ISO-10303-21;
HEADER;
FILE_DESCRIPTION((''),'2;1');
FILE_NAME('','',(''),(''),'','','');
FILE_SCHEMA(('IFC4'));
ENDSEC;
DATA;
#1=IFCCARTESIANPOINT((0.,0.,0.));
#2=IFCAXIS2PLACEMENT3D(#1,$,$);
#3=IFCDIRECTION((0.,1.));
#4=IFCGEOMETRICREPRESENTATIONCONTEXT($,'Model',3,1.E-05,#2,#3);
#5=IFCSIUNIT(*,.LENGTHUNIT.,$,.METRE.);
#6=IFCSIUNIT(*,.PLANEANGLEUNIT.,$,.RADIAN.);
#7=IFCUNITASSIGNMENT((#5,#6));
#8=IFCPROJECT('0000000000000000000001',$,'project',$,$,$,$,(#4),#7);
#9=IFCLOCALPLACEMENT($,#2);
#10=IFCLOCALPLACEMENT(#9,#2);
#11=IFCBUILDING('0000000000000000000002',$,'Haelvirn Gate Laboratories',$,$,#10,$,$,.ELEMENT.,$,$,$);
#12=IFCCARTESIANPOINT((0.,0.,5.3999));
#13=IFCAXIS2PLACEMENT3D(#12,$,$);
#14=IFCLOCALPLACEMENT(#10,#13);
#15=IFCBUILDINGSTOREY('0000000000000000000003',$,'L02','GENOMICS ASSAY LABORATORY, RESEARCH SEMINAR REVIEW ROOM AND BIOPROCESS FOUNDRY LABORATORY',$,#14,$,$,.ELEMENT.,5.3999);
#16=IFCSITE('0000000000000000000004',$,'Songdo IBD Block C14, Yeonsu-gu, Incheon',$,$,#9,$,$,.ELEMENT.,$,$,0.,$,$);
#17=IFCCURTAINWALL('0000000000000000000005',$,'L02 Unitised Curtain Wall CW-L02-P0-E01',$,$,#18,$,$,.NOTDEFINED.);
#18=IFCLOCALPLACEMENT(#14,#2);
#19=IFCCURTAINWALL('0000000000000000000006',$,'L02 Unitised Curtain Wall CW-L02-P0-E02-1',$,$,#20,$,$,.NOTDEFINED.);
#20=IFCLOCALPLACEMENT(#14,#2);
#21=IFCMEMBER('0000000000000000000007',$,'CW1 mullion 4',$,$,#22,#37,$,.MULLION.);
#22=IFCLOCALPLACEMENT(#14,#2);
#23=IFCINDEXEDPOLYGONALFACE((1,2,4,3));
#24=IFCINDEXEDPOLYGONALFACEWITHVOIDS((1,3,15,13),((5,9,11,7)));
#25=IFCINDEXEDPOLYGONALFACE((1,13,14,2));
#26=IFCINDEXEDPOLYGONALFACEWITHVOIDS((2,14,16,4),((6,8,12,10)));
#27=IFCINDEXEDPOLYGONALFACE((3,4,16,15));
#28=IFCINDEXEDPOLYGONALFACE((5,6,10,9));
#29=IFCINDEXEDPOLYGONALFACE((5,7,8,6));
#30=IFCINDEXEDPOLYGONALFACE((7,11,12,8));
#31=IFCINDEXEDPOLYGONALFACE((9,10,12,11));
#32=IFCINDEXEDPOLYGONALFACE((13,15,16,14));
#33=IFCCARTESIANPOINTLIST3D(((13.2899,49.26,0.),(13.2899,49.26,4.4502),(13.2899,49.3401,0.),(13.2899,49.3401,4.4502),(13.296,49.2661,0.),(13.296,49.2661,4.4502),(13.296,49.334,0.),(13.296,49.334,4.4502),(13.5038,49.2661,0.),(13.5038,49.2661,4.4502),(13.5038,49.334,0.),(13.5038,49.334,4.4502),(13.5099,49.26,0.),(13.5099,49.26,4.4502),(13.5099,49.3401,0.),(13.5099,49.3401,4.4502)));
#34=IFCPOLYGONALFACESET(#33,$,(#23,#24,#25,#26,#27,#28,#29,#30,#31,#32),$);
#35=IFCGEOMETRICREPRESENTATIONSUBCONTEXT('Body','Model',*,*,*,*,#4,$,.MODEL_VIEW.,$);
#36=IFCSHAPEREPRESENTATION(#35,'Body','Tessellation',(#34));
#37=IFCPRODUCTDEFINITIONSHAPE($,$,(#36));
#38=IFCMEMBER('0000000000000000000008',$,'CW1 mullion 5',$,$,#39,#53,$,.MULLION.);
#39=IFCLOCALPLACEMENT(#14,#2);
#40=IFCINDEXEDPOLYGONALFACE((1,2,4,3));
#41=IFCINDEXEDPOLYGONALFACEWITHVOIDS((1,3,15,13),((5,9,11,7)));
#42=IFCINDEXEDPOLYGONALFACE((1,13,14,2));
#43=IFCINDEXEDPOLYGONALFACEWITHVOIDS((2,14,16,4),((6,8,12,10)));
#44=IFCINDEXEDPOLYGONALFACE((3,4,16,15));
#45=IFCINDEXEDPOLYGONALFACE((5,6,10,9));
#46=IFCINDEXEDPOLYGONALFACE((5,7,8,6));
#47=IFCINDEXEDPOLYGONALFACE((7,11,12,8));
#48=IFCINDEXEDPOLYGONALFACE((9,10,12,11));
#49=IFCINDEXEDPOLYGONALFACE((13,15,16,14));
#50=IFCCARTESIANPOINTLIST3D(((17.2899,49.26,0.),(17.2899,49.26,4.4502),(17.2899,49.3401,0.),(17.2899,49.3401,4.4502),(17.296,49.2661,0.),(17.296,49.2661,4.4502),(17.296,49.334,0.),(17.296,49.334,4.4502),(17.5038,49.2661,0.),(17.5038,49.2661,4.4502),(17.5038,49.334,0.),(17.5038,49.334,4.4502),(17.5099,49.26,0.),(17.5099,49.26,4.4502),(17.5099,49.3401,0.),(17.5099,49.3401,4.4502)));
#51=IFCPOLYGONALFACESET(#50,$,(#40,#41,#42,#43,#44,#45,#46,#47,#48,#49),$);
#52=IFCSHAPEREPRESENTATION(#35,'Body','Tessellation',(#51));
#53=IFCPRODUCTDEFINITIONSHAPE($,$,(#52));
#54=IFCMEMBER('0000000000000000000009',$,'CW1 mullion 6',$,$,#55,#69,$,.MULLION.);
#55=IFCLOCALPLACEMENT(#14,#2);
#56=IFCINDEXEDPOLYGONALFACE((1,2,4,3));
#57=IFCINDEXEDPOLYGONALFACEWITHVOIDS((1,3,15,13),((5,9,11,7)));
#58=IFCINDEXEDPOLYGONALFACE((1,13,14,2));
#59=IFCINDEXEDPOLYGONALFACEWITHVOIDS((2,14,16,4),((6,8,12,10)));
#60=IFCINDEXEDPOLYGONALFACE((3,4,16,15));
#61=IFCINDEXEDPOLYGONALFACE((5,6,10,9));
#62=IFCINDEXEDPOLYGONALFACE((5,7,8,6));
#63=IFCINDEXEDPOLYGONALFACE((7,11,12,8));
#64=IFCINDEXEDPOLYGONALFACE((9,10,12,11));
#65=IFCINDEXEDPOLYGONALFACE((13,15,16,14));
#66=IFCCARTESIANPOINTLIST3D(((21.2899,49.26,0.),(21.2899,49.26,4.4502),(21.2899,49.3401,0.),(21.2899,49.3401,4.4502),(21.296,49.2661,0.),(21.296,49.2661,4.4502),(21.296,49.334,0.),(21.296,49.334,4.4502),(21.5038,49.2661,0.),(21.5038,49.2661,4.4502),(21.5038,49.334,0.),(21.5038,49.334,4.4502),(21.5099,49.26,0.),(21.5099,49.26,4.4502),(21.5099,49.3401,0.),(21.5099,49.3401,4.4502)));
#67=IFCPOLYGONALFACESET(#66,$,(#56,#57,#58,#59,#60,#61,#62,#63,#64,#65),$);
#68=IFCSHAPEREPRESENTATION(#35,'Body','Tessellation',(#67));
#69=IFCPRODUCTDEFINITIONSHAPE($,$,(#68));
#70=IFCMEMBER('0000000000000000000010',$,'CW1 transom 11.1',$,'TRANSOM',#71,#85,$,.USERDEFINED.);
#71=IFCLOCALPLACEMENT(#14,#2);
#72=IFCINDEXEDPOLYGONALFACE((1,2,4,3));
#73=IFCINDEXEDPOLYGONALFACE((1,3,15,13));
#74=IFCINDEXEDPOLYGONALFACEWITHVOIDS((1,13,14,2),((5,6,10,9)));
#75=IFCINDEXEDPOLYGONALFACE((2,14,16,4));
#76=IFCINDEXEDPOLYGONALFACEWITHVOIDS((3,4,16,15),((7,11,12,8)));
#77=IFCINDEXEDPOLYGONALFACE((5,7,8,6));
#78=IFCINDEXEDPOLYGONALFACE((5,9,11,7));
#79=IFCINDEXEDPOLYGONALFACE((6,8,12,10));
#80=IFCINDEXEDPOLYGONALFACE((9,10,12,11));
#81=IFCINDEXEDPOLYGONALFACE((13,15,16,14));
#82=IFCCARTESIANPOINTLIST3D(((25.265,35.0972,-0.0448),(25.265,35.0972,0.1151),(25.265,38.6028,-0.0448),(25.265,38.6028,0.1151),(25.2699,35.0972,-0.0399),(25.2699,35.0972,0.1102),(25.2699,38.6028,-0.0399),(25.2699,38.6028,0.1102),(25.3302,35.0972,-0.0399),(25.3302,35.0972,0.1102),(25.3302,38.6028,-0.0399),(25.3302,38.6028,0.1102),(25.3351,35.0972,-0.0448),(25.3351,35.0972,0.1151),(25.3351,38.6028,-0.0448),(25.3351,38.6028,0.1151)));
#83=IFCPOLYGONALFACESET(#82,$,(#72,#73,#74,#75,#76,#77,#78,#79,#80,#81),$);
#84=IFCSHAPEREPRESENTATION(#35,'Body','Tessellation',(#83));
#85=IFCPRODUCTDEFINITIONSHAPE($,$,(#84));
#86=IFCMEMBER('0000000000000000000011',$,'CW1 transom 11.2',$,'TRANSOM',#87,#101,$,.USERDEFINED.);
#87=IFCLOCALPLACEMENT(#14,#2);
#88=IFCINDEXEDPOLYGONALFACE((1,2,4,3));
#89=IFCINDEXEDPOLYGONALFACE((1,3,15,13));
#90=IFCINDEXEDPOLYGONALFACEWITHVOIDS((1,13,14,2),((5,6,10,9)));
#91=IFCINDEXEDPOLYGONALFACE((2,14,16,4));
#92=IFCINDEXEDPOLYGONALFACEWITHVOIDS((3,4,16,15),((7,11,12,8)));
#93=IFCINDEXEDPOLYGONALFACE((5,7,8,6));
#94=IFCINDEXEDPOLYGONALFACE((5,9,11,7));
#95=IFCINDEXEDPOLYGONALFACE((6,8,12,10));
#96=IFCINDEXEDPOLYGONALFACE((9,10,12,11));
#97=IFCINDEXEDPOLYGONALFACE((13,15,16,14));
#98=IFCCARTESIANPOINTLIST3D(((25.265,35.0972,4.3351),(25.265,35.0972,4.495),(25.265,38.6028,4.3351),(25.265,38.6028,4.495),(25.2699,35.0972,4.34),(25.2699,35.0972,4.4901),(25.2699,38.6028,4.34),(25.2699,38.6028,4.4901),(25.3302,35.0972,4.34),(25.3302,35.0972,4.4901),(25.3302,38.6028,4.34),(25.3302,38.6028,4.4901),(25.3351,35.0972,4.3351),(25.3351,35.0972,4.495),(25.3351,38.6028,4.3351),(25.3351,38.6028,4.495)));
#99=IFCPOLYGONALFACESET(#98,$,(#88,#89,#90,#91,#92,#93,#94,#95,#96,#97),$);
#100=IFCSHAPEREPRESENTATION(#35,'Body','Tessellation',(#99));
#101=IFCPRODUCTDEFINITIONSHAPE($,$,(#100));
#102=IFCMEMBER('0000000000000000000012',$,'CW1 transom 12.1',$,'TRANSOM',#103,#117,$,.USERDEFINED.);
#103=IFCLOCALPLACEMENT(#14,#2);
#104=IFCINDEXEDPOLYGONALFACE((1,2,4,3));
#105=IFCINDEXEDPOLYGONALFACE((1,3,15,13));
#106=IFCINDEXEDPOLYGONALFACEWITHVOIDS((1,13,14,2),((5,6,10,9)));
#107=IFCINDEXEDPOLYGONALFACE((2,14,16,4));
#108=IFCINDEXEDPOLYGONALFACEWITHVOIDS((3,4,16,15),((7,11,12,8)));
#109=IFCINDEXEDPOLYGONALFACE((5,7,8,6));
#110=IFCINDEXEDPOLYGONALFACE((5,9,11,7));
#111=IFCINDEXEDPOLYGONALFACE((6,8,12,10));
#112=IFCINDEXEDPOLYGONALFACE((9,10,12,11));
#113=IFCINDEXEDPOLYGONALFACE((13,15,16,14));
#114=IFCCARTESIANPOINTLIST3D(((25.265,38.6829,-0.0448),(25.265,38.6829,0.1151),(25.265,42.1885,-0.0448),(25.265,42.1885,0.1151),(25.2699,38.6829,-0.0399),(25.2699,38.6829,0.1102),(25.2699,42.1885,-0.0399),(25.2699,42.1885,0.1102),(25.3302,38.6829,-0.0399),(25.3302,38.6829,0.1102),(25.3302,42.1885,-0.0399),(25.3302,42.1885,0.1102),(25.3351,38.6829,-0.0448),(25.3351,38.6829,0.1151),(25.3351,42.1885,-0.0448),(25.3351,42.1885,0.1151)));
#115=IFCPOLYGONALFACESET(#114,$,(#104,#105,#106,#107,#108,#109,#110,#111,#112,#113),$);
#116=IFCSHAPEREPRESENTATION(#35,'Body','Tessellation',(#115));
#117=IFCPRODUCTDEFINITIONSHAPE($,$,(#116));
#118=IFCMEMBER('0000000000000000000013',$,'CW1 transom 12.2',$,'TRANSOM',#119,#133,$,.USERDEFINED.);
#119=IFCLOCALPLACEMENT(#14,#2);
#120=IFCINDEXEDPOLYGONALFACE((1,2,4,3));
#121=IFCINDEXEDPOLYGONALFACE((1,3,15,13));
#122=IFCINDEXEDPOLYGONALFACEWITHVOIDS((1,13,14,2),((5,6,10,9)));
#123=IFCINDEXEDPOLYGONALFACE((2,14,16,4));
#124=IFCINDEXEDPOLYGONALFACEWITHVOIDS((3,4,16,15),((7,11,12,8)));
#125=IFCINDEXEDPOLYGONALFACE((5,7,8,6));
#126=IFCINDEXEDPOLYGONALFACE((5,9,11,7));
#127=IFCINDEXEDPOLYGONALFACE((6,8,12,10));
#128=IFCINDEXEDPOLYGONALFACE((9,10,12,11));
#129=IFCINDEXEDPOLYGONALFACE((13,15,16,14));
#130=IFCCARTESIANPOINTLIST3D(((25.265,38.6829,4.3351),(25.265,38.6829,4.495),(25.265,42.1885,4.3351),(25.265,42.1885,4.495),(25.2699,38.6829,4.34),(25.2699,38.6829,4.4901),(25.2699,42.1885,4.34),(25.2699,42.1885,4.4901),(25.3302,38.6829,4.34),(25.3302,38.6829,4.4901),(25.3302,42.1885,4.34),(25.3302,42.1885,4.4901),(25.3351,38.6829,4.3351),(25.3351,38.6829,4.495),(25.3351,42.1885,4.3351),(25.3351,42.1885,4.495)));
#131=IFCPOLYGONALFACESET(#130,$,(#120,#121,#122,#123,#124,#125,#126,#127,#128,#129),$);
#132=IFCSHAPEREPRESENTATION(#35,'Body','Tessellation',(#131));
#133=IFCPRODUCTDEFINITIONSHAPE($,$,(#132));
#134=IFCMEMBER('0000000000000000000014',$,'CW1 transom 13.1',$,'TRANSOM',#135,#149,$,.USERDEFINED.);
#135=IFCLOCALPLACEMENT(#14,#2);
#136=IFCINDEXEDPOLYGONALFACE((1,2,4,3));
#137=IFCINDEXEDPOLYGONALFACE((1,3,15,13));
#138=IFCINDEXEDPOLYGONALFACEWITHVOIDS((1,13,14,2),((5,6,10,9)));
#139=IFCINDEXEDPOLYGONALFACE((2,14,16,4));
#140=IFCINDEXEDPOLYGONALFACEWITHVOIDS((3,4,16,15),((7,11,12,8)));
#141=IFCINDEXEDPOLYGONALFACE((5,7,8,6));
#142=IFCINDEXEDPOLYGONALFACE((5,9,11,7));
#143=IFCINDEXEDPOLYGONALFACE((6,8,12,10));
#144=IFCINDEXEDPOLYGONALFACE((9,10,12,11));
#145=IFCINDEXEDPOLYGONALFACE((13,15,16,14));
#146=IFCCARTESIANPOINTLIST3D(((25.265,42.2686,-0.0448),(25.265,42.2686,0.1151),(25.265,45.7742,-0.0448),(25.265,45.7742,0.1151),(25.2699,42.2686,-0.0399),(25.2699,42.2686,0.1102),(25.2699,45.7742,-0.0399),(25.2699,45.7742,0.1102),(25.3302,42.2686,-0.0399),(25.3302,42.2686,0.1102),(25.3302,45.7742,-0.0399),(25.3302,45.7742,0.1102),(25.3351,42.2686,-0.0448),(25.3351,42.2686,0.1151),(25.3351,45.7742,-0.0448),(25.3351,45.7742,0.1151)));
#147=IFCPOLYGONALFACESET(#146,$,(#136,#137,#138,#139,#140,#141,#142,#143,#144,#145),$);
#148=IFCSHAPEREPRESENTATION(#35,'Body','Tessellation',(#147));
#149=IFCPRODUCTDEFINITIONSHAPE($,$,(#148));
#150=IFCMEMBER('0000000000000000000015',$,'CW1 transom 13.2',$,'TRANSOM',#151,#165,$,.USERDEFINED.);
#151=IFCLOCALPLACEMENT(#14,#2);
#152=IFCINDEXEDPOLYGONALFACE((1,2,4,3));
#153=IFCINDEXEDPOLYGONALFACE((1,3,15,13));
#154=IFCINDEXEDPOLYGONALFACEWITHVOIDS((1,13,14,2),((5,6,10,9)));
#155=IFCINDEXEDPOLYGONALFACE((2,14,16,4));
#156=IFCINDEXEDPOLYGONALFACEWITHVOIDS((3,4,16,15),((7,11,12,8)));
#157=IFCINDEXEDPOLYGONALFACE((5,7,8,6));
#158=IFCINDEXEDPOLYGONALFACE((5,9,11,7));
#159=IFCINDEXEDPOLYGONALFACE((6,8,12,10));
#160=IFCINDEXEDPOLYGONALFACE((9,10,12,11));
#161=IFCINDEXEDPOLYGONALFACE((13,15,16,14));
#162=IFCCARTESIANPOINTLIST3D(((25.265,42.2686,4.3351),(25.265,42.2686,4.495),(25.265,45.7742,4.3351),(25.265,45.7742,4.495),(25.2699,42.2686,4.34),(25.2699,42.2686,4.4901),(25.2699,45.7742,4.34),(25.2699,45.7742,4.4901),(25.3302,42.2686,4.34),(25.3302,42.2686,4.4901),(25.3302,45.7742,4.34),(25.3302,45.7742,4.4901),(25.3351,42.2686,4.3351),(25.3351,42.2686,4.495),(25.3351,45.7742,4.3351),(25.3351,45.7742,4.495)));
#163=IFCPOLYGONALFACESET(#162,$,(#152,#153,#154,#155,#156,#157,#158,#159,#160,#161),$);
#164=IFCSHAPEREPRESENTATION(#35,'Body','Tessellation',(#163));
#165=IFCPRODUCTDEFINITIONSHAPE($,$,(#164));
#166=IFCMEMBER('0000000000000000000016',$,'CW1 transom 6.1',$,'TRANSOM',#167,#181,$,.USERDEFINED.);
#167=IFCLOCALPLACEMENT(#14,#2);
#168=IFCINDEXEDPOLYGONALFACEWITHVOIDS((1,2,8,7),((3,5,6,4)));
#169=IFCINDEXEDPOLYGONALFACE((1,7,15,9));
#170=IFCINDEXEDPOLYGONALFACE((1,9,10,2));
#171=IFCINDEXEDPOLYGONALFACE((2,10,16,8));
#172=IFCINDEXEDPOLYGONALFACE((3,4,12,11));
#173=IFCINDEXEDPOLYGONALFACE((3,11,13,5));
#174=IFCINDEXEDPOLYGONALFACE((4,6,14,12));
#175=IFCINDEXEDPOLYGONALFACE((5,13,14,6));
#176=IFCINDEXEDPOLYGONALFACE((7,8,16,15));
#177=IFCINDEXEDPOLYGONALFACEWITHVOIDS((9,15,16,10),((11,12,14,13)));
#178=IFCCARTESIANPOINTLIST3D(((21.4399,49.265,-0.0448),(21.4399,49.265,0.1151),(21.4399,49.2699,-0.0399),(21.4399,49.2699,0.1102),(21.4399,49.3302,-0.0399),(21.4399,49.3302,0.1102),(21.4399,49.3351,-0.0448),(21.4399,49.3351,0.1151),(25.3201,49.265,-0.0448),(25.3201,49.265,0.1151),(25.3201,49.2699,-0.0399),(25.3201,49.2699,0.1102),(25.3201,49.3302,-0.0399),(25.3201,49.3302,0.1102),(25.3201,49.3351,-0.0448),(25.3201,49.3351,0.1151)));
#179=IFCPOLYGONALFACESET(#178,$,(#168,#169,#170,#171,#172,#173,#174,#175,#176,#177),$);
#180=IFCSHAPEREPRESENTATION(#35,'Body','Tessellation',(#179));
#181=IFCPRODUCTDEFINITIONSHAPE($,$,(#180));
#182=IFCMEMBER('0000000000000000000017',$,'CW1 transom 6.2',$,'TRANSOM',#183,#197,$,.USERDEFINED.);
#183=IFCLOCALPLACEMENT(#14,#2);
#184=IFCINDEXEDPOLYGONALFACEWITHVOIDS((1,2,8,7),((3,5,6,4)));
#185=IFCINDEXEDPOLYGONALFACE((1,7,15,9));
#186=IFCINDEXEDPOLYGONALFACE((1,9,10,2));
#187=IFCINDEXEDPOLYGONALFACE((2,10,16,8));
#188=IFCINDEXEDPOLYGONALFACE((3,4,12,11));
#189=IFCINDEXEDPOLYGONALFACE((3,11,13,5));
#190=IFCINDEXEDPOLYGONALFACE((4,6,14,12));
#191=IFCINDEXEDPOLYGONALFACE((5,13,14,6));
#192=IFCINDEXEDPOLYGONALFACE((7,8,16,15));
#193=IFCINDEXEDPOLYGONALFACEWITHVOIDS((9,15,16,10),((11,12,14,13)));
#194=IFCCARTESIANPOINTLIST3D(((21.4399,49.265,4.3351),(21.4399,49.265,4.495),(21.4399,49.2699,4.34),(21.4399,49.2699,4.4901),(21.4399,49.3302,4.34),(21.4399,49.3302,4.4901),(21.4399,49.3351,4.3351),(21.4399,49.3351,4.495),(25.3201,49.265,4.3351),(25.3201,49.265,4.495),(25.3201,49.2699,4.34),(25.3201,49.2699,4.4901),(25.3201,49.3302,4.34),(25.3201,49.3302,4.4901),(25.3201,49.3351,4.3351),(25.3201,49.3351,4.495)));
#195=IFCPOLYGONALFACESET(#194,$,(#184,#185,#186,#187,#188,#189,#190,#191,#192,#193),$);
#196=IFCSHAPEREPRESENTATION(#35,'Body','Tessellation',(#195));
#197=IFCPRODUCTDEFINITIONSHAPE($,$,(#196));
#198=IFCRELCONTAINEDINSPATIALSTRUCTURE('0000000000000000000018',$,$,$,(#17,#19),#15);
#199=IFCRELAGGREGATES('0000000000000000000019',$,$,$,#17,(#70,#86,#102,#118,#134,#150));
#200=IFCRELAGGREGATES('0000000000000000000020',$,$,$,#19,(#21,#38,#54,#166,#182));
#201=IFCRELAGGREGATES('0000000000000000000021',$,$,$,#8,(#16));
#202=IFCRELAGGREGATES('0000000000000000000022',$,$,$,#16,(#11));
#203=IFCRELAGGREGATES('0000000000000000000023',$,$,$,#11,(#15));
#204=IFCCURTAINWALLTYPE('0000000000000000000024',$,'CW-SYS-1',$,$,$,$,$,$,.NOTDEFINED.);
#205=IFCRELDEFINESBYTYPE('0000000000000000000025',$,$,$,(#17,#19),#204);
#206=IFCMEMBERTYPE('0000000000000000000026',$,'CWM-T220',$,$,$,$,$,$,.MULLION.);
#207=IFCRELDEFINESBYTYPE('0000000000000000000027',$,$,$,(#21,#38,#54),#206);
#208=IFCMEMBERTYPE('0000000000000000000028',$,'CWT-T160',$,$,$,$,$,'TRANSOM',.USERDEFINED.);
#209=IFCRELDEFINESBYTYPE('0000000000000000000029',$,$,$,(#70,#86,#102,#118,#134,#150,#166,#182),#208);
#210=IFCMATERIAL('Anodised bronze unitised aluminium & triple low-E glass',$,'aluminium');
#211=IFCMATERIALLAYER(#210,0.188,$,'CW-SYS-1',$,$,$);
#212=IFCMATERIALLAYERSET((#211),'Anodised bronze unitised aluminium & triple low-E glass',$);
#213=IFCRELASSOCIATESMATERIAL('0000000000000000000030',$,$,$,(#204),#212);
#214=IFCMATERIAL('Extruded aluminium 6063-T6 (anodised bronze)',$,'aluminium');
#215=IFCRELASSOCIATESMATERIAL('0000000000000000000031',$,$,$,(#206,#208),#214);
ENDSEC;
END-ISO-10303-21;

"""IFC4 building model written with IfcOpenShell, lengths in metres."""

from ifc_helpers import new_model, si_unit, direction, frame, origin, origin_2d, place, context, subcontext, project, spatial, hollow_rectangle, extrude, source, transform, mapped, material, layer, layer_set, material_profile, profile_set, type_object, type_shapes, element, aggregate, save


model = new_model("IFC4")

# Units and contexts
model_context = context("Model", 3, precision=1e-05, world=origin(), true_north=direction((0.0, 1.0)))
body_context = subcontext(model_context, "Body", "Model", "MODEL_VIEW")
ifc_project = project(units=[si_unit("LENGTHUNIT", "METRE"), si_unit("PLANEANGLEUNIT", "RADIAN")], contexts=[model_context])

# Site, building, storey
site_placement = place(None, origin())
site = spatial("IfcSite", under=ifc_project, at=site_placement, Name="Songdo IBD Block C14, Yeonsu-gu, Incheon", CompositionType="ELEMENT", RefElevation=0.0)
building_placement = place(site_placement, origin())
building = spatial("IfcBuilding", under=site, at=building_placement, Name="Haelvirn Gate Laboratories", CompositionType="ELEMENT")
storey_placement = place(building_placement, frame((0.0, 0.0, 5.3999)))
storey = spatial("IfcBuildingStorey", under=building, at=storey_placement, Name="L02", Description="GENOMICS ASSAY LABORATORY, RESEARCH SEMINAR REVIEW ROOM AND BIOPROCESS FOUNDRY LABORATORY", CompositionType="ELEMENT", Elevation=5.3999)

# Curtain walls, members
ifc_material_1 = material(Name="Anodised bronze unitised aluminium & triple low-E glass", Category="aluminium")
ifc_layer_1 = layer(ifc_material_1, 0.188, Name="CW-SYS-1")
ifc_layer_set_1 = layer_set([ifc_layer_1], Name="Anodised bronze unitised aluminium & triple low-E glass")
curtain_wall_type = type_object("IfcCurtainWallType", Name="CW-SYS-1", PredefinedType="NOTDEFINED", material=ifc_layer_set_1)
curtain_wall_1_placement = place(storey_placement, origin())
curtain_wall_1 = element("IfcCurtainWall", 1, at=curtain_wall_1_placement, inside=storey, type_object=curtain_wall_type, Name="L02 Unitised Curtain Wall CW-L02-P0-E01", PredefinedType="NOTDEFINED")
ifc_material_2 = material(Name="Extruded aluminium 6063-T6 (anodised bronze)", Category="aluminium")
ifc_material_profile_1 = material_profile(ifc_material_2, hollow_rectangle(XDim=0.0801, YDim=0.22, WallThickness=0.0061, at=origin_2d()), Name="CWM-220x80x6")
ifc_profile_set_1 = profile_set([ifc_material_profile_1], Name="Extruded aluminium 6063-T6 (anodised bronze)")
member_type_1 = type_object("IfcMemberType", Name="CWM-T220", PredefinedType="MULLION", material=ifc_profile_set_1)
shared_shape_1 = source(origin(), body_context, "Body", "SweptSolid", [
    extrude(hollow_rectangle(XDim=0.0801, YDim=0.22, WallThickness=0.0061, at=origin_2d()), origin(), (0.0, 0.0, 1.0), 4.4502),
])
type_shapes(member_type_1, [shared_shape_1])
curtain_wall_2_placement = place(storey_placement, origin())
curtain_wall_2 = element("IfcCurtainWall", 2, at=curtain_wall_2_placement, inside=storey, type_object=curtain_wall_type, Name="L02 Unitised Curtain Wall CW-L02-P0-E02-1", PredefinedType="NOTDEFINED")
member_1_placement = place(storey_placement, frame((13.3999, 49.3, 0.0), z_axis=(0.0, 0.0, 1.0), x_axis=(0.0, 1.0, 0.0)))
member_1 = element("IfcMember", 3, at=member_1_placement, type_object=member_type_1, Name="CW1 mullion 4", PredefinedType="MULLION", context=body_context, shape_type="MappedRepresentation", body=[
    mapped(shared_shape_1, transform((0.0, 0.0, 0.0), scale=1.0)),
])
member_2_placement = place(storey_placement, frame((17.3999, 49.3, 0.0), z_axis=(0.0, 0.0, 1.0), x_axis=(0.0, 1.0, 0.0)))
member_2 = element("IfcMember", 4, at=member_2_placement, type_object=member_type_1, Name="CW1 mullion 5", PredefinedType="MULLION", context=body_context, shape_type="MappedRepresentation", body=[
    mapped(shared_shape_1, transform((0.0, 0.0, 0.0), scale=1.0)),
])
member_3_placement = place(storey_placement, frame((21.3999, 49.3, 0.0), z_axis=(0.0, 0.0, 1.0), x_axis=(0.0, 1.0, 0.0)))
member_3 = element("IfcMember", 5, at=member_3_placement, type_object=member_type_1, Name="CW1 mullion 6", PredefinedType="MULLION", context=body_context, shape_type="MappedRepresentation", body=[
    mapped(shared_shape_1, transform((0.0, 0.0, 0.0), scale=1.0)),
])

# Members
ifc_material_profile_2 = material_profile(ifc_material_2, hollow_rectangle(XDim=0.0701, YDim=0.1599, WallThickness=0.0049, at=origin_2d()), Name="CWT-160x70x5")
ifc_profile_set_2 = profile_set([ifc_material_profile_2], Name="Extruded aluminium 6063-T6 (anodised bronze)")
member_type_2 = type_object("IfcMemberType", Name="CWT-T160", ElementType="TRANSOM", PredefinedType="USERDEFINED", material=ifc_profile_set_2)
shared_shape_2 = source(origin(), body_context, "Body", "SweptSolid", [
    extrude(hollow_rectangle(XDim=0.0701, YDim=0.1599, WallThickness=0.0049, at=origin_2d()), origin(), (0.0, 0.0, 1.0), 3.5056),
])
member_4_placement = place(storey_placement, frame((25.3, 35.0972, 0.0352), z_axis=(0.0, 1.0, 0.0), x_axis=(-1.0, 0.0, 0.0)))
member_4 = element("IfcMember", 6, at=member_4_placement, type_object=member_type_2, Name="CW1 transom 11.1", ObjectType="TRANSOM", PredefinedType="USERDEFINED", context=body_context, shape_type="MappedRepresentation", body=[
    mapped(shared_shape_2, transform((0.0, 0.0, 0.0), scale=1.0)),
])
member_5_placement = place(storey_placement, frame((25.3, 35.0972, 4.415), z_axis=(0.0, 1.0, 0.0), x_axis=(-1.0, 0.0, 0.0)))
member_5 = element("IfcMember", 7, at=member_5_placement, type_object=member_type_2, Name="CW1 transom 11.2", ObjectType="TRANSOM", PredefinedType="USERDEFINED", context=body_context, shape_type="MappedRepresentation", body=[
    mapped(shared_shape_2, transform((0.0, 0.0, 0.0), scale=1.0)),
])
member_6_placement = place(storey_placement, frame((25.3, 38.6829, 0.0352), z_axis=(0.0, 1.0, 0.0), x_axis=(-1.0, 0.0, 0.0)))
member_6 = element("IfcMember", 8, at=member_6_placement, type_object=member_type_2, Name="CW1 transom 12.1", ObjectType="TRANSOM", PredefinedType="USERDEFINED", context=body_context, shape_type="MappedRepresentation", body=[
    mapped(shared_shape_2, transform((0.0, 0.0, 0.0), scale=1.0)),
])
member_7_placement = place(storey_placement, frame((25.3, 38.6829, 4.415), z_axis=(0.0, 1.0, 0.0), x_axis=(-1.0, 0.0, 0.0)))
member_7 = element("IfcMember", 9, at=member_7_placement, type_object=member_type_2, Name="CW1 transom 12.2", ObjectType="TRANSOM", PredefinedType="USERDEFINED", context=body_context, shape_type="MappedRepresentation", body=[
    mapped(shared_shape_2, transform((0.0, 0.0, 0.0), scale=1.0)),
])
member_8_placement = place(storey_placement, frame((25.3, 42.2686, 0.0352), z_axis=(0.0, 1.0, 0.0), x_axis=(-1.0, 0.0, 0.0)))
member_8 = element("IfcMember", 10, at=member_8_placement, type_object=member_type_2, Name="CW1 transom 13.1", ObjectType="TRANSOM", PredefinedType="USERDEFINED", context=body_context, shape_type="MappedRepresentation", body=[
    mapped(shared_shape_2, transform((0.0, 0.0, 0.0), scale=1.0)),
])
member_9_placement = place(storey_placement, frame((25.3, 42.2686, 4.415), z_axis=(0.0, 1.0, 0.0), x_axis=(-1.0, 0.0, 0.0)))
member_9 = element("IfcMember", 11, at=member_9_placement, type_object=member_type_2, Name="CW1 transom 13.2", ObjectType="TRANSOM", PredefinedType="USERDEFINED", context=body_context, shape_type="MappedRepresentation", body=[
    mapped(shared_shape_2, transform((0.0, 0.0, 0.0), scale=1.0)),
])
shared_shape_3 = source(origin(), body_context, "Body", "SweptSolid", [
    extrude(hollow_rectangle(XDim=0.0701, YDim=0.1599, WallThickness=0.0049, at=origin_2d()), origin(), (0.0, 0.0, 1.0), 3.8801),
])
member_10_placement = place(storey_placement, frame((21.4399, 49.3, 0.0352), z_axis=(1.0, 0.0, 0.0), x_axis=(0.0, 1.0, 0.0)))
member_10 = element("IfcMember", 12, at=member_10_placement, type_object=member_type_2, Name="CW1 transom 6.1", ObjectType="TRANSOM", PredefinedType="USERDEFINED", context=body_context, shape_type="MappedRepresentation", body=[
    mapped(shared_shape_3, transform((0.0, 0.0, 0.0), scale=1.0)),
])
member_11_placement = place(storey_placement, frame((21.4399, 49.3, 4.415), z_axis=(1.0, 0.0, 0.0), x_axis=(0.0, 1.0, 0.0)))
member_11 = element("IfcMember", 13, at=member_11_placement, type_object=member_type_2, Name="CW1 transom 6.2", ObjectType="TRANSOM", PredefinedType="USERDEFINED", context=body_context, shape_type="MappedRepresentation", body=[
    mapped(shared_shape_3, transform((0.0, 0.0, 0.0), scale=1.0)),
])

aggregate(curtain_wall_1, [member_4, member_5, member_6, member_7, member_8, member_9])
aggregate(curtain_wall_2, [member_1, member_2, member_3, member_10, member_11])

save(model, "model.ifc")
